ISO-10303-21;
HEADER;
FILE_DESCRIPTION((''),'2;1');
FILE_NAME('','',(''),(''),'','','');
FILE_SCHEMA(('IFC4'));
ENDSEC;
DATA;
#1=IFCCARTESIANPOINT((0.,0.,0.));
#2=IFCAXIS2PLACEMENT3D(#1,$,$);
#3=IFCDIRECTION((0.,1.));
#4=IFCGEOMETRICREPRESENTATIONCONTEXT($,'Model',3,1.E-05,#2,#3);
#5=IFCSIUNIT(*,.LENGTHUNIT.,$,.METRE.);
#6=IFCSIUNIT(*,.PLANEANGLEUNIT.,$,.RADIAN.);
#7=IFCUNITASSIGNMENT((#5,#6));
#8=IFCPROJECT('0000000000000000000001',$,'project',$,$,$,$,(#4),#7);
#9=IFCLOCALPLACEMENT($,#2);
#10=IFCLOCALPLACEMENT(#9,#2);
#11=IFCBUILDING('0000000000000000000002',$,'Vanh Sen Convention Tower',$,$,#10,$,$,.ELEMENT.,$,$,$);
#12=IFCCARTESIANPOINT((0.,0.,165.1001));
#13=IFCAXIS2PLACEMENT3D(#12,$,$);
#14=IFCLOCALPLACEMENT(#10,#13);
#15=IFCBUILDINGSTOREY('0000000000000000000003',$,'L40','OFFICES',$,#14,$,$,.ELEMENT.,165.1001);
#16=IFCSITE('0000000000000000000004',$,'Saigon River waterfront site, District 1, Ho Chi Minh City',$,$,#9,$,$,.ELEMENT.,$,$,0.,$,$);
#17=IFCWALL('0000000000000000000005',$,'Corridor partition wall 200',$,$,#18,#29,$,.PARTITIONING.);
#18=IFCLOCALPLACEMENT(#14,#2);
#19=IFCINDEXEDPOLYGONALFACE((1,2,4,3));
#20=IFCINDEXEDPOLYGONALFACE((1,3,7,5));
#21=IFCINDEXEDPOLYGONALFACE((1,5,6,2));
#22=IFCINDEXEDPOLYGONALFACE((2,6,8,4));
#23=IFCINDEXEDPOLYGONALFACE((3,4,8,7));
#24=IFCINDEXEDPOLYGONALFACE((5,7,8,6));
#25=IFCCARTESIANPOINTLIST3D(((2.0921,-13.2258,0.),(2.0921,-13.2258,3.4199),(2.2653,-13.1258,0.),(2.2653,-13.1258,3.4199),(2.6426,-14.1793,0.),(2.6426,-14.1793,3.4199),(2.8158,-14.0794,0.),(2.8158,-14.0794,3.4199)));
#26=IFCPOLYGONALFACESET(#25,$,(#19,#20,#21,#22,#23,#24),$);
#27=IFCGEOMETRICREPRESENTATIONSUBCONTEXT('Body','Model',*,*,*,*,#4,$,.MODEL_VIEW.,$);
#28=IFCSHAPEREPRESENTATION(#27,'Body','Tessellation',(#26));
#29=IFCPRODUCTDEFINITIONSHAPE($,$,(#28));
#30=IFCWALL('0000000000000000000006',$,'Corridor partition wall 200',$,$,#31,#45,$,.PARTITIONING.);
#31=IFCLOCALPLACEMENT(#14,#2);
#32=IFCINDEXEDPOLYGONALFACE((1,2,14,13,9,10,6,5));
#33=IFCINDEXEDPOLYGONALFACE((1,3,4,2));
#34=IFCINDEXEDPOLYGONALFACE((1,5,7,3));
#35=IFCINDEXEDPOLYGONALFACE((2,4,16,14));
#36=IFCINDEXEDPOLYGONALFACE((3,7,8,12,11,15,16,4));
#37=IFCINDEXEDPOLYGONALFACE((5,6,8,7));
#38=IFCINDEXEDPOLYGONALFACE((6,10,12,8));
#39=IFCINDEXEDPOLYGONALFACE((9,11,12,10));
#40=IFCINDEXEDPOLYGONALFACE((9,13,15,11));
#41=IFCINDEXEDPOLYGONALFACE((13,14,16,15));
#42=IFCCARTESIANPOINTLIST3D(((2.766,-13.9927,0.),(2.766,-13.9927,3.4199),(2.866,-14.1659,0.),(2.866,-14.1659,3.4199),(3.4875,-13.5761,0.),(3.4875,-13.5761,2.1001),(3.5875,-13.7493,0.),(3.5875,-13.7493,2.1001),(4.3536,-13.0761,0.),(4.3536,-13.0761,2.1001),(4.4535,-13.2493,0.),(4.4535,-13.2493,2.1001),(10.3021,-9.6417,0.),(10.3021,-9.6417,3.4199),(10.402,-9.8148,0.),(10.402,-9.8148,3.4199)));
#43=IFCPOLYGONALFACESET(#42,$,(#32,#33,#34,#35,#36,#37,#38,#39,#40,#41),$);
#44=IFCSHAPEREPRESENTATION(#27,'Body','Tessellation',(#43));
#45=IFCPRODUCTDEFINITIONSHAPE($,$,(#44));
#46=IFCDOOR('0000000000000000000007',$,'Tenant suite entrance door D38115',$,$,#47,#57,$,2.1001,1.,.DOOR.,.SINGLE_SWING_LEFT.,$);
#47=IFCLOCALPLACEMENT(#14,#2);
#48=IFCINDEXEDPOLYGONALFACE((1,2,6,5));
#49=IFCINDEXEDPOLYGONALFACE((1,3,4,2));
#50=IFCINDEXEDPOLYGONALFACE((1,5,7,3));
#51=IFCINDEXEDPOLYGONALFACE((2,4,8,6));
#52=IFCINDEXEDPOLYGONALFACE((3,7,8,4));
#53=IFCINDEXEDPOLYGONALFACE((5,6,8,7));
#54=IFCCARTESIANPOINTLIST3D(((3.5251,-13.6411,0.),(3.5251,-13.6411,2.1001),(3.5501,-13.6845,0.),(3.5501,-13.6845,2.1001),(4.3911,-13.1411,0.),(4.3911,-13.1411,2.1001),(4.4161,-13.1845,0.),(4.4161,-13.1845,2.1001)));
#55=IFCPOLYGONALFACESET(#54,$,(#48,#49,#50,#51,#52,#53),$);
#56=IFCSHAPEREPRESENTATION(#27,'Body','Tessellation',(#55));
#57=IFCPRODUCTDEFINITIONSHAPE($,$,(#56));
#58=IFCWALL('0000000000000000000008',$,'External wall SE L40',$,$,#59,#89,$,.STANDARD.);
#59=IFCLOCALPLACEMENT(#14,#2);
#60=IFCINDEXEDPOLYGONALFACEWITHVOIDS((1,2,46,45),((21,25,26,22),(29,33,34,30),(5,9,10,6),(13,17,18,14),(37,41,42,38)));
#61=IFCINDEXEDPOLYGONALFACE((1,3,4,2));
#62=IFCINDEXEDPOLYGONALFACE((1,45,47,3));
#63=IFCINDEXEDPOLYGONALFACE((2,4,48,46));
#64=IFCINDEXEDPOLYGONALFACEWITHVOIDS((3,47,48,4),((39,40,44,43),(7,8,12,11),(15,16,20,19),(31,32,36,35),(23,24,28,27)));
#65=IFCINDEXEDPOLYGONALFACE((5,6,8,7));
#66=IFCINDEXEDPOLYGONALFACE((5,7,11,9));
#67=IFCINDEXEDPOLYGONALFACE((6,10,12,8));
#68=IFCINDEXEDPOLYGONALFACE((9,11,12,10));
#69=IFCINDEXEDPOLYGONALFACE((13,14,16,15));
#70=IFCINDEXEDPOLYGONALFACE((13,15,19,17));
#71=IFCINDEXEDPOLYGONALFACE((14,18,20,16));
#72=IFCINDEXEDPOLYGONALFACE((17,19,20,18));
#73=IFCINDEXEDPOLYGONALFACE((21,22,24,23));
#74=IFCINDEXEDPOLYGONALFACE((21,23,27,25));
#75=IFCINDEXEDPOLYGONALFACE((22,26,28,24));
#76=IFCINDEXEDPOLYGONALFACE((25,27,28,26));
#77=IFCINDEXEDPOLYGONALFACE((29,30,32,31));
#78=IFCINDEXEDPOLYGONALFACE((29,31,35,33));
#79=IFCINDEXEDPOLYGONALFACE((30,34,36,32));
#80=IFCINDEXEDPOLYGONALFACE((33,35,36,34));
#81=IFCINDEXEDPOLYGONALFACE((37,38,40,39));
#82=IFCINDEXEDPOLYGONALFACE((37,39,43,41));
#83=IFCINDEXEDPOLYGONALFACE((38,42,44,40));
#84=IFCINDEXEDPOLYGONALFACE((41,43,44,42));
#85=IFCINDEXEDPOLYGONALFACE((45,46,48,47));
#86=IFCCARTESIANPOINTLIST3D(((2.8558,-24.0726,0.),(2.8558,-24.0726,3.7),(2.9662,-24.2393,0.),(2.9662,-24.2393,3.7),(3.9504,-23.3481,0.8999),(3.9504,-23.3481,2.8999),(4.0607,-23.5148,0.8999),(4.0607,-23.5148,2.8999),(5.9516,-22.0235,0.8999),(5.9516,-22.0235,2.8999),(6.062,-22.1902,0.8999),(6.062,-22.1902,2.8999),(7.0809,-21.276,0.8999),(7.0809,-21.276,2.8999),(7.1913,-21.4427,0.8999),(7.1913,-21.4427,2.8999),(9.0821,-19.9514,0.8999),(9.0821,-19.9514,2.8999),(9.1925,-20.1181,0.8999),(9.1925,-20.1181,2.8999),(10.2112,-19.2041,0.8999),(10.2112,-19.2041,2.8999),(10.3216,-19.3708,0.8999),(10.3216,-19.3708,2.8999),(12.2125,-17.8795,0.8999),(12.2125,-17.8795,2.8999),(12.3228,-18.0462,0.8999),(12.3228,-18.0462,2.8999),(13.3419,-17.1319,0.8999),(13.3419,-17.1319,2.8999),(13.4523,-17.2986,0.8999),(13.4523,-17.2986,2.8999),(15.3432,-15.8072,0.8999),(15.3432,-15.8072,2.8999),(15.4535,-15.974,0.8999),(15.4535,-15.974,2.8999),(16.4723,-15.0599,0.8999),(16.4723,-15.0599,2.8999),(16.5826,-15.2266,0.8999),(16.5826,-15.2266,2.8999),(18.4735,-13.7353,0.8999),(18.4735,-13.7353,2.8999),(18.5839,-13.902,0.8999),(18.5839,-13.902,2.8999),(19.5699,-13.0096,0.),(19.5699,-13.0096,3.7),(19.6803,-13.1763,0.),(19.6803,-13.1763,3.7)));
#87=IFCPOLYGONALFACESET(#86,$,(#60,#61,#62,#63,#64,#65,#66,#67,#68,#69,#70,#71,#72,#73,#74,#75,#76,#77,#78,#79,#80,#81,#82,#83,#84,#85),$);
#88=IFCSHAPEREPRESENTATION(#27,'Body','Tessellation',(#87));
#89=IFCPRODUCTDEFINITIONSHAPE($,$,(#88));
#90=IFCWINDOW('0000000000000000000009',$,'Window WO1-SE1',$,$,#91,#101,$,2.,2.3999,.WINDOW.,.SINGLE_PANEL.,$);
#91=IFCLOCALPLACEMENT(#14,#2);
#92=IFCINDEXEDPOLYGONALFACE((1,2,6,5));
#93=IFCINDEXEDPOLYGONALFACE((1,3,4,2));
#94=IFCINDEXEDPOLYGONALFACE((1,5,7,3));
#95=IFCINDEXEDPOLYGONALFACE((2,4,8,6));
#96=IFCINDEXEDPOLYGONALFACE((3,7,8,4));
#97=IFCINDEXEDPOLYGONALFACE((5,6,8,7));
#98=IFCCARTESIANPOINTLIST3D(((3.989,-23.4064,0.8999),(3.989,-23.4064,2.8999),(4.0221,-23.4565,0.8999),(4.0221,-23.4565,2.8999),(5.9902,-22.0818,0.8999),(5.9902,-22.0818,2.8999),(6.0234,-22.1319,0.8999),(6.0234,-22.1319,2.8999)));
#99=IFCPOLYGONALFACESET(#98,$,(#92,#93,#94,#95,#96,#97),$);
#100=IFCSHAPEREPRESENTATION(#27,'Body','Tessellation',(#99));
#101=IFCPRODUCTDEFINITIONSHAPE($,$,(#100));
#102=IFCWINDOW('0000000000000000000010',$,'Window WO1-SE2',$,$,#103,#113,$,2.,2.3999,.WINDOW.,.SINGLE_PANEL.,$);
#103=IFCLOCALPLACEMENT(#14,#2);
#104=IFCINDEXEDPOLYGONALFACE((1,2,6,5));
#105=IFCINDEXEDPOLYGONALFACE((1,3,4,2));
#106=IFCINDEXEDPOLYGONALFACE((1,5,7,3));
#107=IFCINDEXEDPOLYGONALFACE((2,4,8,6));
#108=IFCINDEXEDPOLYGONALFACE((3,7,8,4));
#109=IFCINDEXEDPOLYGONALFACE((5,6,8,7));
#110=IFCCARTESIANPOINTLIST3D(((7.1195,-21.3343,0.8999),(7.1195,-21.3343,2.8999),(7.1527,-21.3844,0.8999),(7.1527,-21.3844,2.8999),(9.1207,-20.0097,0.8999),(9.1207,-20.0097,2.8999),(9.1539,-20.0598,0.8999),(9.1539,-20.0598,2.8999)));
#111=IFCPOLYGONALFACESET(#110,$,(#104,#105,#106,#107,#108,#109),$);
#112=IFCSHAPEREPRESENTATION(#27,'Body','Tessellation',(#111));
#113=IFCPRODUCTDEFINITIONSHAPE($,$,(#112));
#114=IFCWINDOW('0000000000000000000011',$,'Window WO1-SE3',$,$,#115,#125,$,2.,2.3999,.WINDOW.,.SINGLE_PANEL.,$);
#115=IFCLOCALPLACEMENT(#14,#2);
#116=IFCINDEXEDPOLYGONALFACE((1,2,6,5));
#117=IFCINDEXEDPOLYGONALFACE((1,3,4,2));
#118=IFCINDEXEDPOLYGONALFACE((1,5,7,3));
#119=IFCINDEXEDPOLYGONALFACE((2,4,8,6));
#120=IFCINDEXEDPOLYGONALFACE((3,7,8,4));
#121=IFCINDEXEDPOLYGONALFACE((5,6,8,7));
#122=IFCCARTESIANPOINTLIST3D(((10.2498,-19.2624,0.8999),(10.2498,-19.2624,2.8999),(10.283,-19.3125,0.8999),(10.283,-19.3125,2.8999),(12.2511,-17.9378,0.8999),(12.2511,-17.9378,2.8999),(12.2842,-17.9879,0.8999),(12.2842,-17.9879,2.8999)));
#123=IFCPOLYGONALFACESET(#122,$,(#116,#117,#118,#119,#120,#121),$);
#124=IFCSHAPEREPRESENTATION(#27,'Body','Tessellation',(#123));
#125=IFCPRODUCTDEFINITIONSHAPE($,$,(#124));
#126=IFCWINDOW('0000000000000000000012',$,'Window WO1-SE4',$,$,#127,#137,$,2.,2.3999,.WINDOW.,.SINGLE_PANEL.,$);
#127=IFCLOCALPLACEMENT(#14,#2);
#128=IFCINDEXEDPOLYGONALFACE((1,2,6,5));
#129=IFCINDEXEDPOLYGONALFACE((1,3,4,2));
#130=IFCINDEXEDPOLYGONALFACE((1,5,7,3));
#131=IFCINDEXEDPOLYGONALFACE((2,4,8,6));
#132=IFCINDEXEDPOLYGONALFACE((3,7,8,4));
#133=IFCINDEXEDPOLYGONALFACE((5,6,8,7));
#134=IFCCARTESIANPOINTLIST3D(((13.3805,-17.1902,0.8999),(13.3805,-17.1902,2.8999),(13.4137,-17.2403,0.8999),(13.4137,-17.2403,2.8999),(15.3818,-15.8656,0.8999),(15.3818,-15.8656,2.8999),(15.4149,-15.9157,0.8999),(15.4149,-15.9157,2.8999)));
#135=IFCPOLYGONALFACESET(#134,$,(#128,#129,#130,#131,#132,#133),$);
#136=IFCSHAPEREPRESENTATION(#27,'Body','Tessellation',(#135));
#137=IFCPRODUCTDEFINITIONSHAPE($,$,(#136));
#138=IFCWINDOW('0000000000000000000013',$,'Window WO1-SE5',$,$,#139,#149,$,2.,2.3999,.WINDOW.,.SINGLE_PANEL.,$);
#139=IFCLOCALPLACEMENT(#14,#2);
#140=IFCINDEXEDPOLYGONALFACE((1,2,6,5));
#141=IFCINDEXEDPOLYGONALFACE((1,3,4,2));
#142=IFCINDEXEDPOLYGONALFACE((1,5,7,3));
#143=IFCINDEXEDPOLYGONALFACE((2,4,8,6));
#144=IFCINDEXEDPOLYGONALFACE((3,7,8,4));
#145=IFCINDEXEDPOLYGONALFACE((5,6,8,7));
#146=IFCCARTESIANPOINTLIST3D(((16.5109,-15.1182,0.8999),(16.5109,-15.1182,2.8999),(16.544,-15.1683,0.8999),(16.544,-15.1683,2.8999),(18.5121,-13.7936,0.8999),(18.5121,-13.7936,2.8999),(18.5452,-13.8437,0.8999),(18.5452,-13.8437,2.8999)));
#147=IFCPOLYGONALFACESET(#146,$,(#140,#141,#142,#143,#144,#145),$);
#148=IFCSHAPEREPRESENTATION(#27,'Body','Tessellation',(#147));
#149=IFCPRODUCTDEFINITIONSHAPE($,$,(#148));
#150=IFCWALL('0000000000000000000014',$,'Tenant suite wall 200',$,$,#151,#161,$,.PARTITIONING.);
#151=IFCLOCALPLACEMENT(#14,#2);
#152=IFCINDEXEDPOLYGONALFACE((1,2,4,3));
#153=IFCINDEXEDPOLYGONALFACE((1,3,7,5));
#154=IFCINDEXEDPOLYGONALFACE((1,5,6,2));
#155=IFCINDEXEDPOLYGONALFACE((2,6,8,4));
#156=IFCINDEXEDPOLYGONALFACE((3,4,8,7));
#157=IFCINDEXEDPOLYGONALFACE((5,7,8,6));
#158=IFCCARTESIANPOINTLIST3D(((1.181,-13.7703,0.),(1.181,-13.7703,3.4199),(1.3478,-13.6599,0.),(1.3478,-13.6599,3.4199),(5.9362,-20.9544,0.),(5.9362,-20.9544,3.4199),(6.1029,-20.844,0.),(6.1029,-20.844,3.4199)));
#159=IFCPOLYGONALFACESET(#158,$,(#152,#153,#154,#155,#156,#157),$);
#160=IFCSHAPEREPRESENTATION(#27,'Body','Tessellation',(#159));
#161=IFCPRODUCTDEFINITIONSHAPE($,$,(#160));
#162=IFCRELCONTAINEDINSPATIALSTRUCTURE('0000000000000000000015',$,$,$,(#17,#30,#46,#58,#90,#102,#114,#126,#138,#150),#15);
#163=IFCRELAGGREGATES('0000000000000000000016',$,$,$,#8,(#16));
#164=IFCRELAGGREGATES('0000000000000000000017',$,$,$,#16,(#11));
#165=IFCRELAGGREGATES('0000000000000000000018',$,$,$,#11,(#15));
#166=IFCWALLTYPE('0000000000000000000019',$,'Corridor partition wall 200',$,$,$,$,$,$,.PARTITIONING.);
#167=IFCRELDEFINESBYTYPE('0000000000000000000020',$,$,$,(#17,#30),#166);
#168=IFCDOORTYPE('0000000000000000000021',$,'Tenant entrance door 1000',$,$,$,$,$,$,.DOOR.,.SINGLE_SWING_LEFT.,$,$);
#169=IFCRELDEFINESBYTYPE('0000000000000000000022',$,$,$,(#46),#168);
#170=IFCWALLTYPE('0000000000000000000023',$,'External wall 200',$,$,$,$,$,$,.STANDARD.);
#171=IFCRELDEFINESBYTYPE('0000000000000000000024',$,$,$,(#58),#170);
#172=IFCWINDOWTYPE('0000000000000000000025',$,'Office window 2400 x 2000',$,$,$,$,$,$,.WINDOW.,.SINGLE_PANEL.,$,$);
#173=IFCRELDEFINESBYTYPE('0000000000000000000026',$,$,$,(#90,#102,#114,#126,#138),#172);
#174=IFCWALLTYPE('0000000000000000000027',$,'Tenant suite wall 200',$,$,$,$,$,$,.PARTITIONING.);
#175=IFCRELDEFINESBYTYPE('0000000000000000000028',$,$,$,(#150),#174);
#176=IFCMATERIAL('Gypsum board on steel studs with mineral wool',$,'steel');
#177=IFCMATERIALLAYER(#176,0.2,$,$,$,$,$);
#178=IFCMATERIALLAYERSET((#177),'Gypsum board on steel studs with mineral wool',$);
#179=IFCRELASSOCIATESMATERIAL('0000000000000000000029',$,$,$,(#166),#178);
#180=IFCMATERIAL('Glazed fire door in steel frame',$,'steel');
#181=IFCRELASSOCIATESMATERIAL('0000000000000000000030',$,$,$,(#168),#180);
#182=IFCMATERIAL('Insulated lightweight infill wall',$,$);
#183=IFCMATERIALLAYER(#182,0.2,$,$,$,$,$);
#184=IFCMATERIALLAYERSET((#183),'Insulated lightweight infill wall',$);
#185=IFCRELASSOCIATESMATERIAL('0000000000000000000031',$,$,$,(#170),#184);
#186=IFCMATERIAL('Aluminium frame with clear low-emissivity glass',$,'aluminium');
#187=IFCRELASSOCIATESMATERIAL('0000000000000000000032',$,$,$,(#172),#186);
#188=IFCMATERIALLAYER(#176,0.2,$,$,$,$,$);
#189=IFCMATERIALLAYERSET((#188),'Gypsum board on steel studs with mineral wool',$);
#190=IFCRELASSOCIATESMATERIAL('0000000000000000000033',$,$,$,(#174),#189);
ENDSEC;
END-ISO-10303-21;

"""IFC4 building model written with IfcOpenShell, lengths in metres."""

from ifc_helpers import new_model, si_unit, direction, frame, frame_2d, origin, place, context, subcontext, project, spatial, rectangle, extrude, material, layer, layer_set, type_object, element, fill, save


model = new_model("IFC4")

# Units and contexts
model_context = context("Model", 3, precision=1e-05, world=origin(), true_north=direction((0.0, 1.0)))
body_context = subcontext(model_context, "Body", "Model", "MODEL_VIEW")
ifc_project = project(units=[si_unit("LENGTHUNIT", "METRE"), si_unit("PLANEANGLEUNIT", "RADIAN")], contexts=[model_context])

# Site, building, storey
site_placement = place(None, origin())
site = spatial("IfcSite", under=ifc_project, at=site_placement, Name="Saigon River waterfront site, District 1, Ho Chi Minh City", CompositionType="ELEMENT", RefElevation=0.0)
building_placement = place(site_placement, origin())
building = spatial("IfcBuilding", under=site, at=building_placement, Name="Vanh Sen Convention Tower", CompositionType="ELEMENT")
storey_placement = place(building_placement, frame((0.0, 0.0, 165.1001)))
storey = spatial("IfcBuildingStorey", under=building, at=storey_placement, Name="L40", Description="OFFICES", CompositionType="ELEMENT", Elevation=165.1001)

# Wall
ifc_material_1 = material(Name="Gypsum board on steel studs with mineral wool", Category="steel")
ifc_layer_1 = layer(ifc_material_1, 0.2)
ifc_layer_set_1 = layer_set([ifc_layer_1], Name="Gypsum board on steel studs with mineral wool")
wall_type_1 = type_object("IfcWallType", Name="Corridor partition wall 200", PredefinedType="PARTITIONING", material=ifc_layer_set_1)
wall_1_placement = place(storey_placement, frame((2.1787, -13.1758, 0.0), z_axis=(0.0, 0.0, 1.0), x_axis=(0.499978, -0.866038, 0.0)))
element("IfcWall", 1, at=wall_1_placement, inside=storey, type_object=wall_type_1, Name="Corridor partition wall 200", PredefinedType="PARTITIONING", context=body_context, shape_type="SweptSolid", body=[
    extrude(rectangle(XDim=1.1011, YDim=0.2, at=frame_2d((0.5505, 0.0))), origin(), (0.0, 0.0, 1.0), 3.4199),
])

# Wall, opening, door
wall_2_placement = place(storey_placement, frame((2.8159, -14.0793, 0.0), z_axis=(0.0, 0.0, 1.0), x_axis=(0.866021, 0.500007, 0.0)))
wall_2 = element("IfcWall", 2, at=wall_2_placement, inside=storey, type_object=wall_type_1, Name="Corridor partition wall 200", PredefinedType="PARTITIONING", context=body_context, shape_type="SweptSolid", body=[
    extrude(rectangle(XDim=8.7019, YDim=0.2, at=frame_2d((4.3511, 0.0))), origin(), (0.0, 0.0, 1.0), 3.4199),
])
opening_1_placement = place(wall_2_placement, frame((0.8333, 0.0, 0.0)))
opening_1 = element("IfcOpeningElement", 3, at=opening_1_placement, cuts=wall_2, PredefinedType="OPENING", context=body_context, shape_type="SweptSolid", body=[
    extrude(rectangle(XDim=1.0, YDim=2.1001, at=frame_2d((0.5, 1.05))), frame((0.0, 0.1099, 0.0), z_axis=(0.0, -1.0, 0.0), x_axis=(1.0, 0.0, 0.0)), (0.0, 0.0, 1.0), 0.22),
])
ifc_material_2 = material(Name="Glazed fire door in steel frame", Category="steel")
door_type = type_object("IfcDoorType", Name="Tenant entrance door 1000", OperationType="SINGLE_SWING_LEFT", PredefinedType="DOOR", material=ifc_material_2)
door_placement = place(opening_1_placement, origin())
door = element("IfcDoor", 4, at=door_placement, inside=storey, type_object=door_type, Name="Tenant suite entrance door D38115", OperationType="SINGLE_SWING_LEFT", OverallHeight=2.1001, OverallWidth=1.0, PredefinedType="DOOR", context=body_context, shape_type="SweptSolid", body=[
    extrude(rectangle(XDim=1.0, YDim=2.1001, at=frame_2d((0.5, 1.05))), frame((0.0, 0.0249, 0.0), z_axis=(0.0, -1.0, 0.0), x_axis=(1.0, 0.0, 0.0)), (0.0, 0.0, 1.0), 0.05),
])
fill(opening_1, door)

# Wall, openings, windows
ifc_material_3 = material(Name="Insulated lightweight infill wall")
ifc_layer_2 = layer(ifc_material_3, 0.2)
ifc_layer_set_2 = layer_set([ifc_layer_2], Name="Insulated lightweight infill wall")
wall_type_2 = type_object("IfcWallType", Name="External wall 200", PredefinedType="STANDARD", material=ifc_layer_set_2)
wall_3_placement = place(storey_placement, frame((2.9109, -24.156, 0.0), z_axis=(0.0, 0.0, 1.0), x_axis=(0.833882, 0.551943, 0.0)))
wall_3 = element("IfcWall", 5, at=wall_3_placement, inside=storey, type_object=wall_type_2, Name="External wall SE L40", PredefinedType="STANDARD", context=body_context, shape_type="SweptSolid", body=[
    extrude(rectangle(XDim=20.0437, YDim=0.2, at=frame_2d((10.022, 0.0))), origin(), (0.0, 0.0, 1.0), 3.7),
])
opening_2_placement = place(wall_3_placement, frame((1.3127, 0.0, 0.8999)))
opening_2 = element("IfcOpeningElement", 6, at=opening_2_placement, cuts=wall_3, PredefinedType="OPENING", context=body_context, shape_type="SweptSolid", body=[
    extrude(rectangle(XDim=2.3999, YDim=2.0, at=frame_2d((1.2, 1.0))), frame((0.0, 0.1099, 0.0), z_axis=(0.0, -1.0, 0.0), x_axis=(1.0, 0.0, 0.0)), (0.0, 0.0, 1.0), 0.22),
])
opening_3_placement = place(wall_3_placement, frame((5.0669, 0.0, 0.8999)))
opening_3 = element("IfcOpeningElement", 7, at=opening_3_placement, cuts=wall_3, PredefinedType="OPENING", context=body_context, shape_type="SweptSolid", body=[
    extrude(rectangle(XDim=2.3999, YDim=2.0, at=frame_2d((1.2, 1.0))), frame((0.0, 0.1099, 0.0), z_axis=(0.0, -1.0, 0.0), x_axis=(1.0, 0.0, 0.0)), (0.0, 0.0, 1.0), 0.22),
])
opening_4_placement = place(wall_3_placement, frame((8.8208, 0.0, 0.8999)))
opening_4 = element("IfcOpeningElement", 8, at=opening_4_placement, cuts=wall_3, PredefinedType="OPENING", context=body_context, shape_type="SweptSolid", body=[
    extrude(rectangle(XDim=2.3999, YDim=2.0, at=frame_2d((1.2, 1.0))), frame((0.0, 0.1099, 0.0), z_axis=(0.0, -1.0, 0.0), x_axis=(1.0, 0.0, 0.0)), (0.0, 0.0, 1.0), 0.22),
])
opening_5_placement = place(wall_3_placement, frame((12.5752, 0.0, 0.8999)))
opening_5 = element("IfcOpeningElement", 9, at=opening_5_placement, cuts=wall_3, PredefinedType="OPENING", context=body_context, shape_type="SweptSolid", body=[
    extrude(rectangle(XDim=2.3999, YDim=2.0, at=frame_2d((1.2, 1.0))), frame((0.0, 0.1099, 0.0), z_axis=(0.0, -1.0, 0.0), x_axis=(1.0, 0.0, 0.0)), (0.0, 0.0, 1.0), 0.22),
])
opening_6_placement = place(wall_3_placement, frame((16.3291, 0.0, 0.8999)))
opening_6 = element("IfcOpeningElement", 10, at=opening_6_placement, cuts=wall_3, PredefinedType="OPENING", context=body_context, shape_type="SweptSolid", body=[
    extrude(rectangle(XDim=2.3999, YDim=2.0, at=frame_2d((1.2, 1.0))), frame((0.0, 0.1099, 0.0), z_axis=(0.0, -1.0, 0.0), x_axis=(1.0, 0.0, 0.0)), (0.0, 0.0, 1.0), 0.22),
])
ifc_material_4 = material(Name="Aluminium frame with clear low-emissivity glass", Category="aluminium")
window_type = type_object("IfcWindowType", Name="Office window 2400 x 2000", PartitioningType="SINGLE_PANEL", PredefinedType="WINDOW", material=ifc_material_4)
window_1_placement = place(opening_2_placement, origin())
window_1 = element("IfcWindow", 11, at=window_1_placement, inside=storey, type_object=window_type, Name="Window WO1-SE1", OverallHeight=2.0, OverallWidth=2.3999, PartitioningType="SINGLE_PANEL", PredefinedType="WINDOW", context=body_context, shape_type="SweptSolid", body=[
    extrude(rectangle(XDim=2.3999, YDim=2.0, at=frame_2d((1.2, 1.0))), frame((0.0, 0.03, 0.0), z_axis=(0.0, -1.0, 0.0), x_axis=(1.0, 0.0, 0.0)), (0.0, 0.0, 1.0), 0.0601),
])
fill(opening_2, window_1)
window_2_placement = place(opening_3_placement, origin())
window_2 = element("IfcWindow", 12, at=window_2_placement, inside=storey, type_object=window_type, Name="Window WO1-SE2", OverallHeight=2.0, OverallWidth=2.3999, PartitioningType="SINGLE_PANEL", PredefinedType="WINDOW", context=body_context, shape_type="SweptSolid", body=[
    extrude(rectangle(XDim=2.3999, YDim=2.0, at=frame_2d((1.2, 1.0))), frame((0.0, 0.03, 0.0), z_axis=(0.0, -1.0, 0.0), x_axis=(1.0, 0.0, 0.0)), (0.0, 0.0, 1.0), 0.0601),
])
fill(opening_3, window_2)
window_3_placement = place(opening_4_placement, origin())
window_3 = element("IfcWindow", 13, at=window_3_placement, inside=storey, type_object=window_type, Name="Window WO1-SE3", OverallHeight=2.0, OverallWidth=2.3999, PartitioningType="SINGLE_PANEL", PredefinedType="WINDOW", context=body_context, shape_type="SweptSolid", body=[
    extrude(rectangle(XDim=2.3999, YDim=2.0, at=frame_2d((1.2, 1.0))), frame((0.0, 0.03, 0.0), z_axis=(0.0, -1.0, 0.0), x_axis=(1.0, 0.0, 0.0)), (0.0, 0.0, 1.0), 0.0601),
])
fill(opening_4, window_3)
window_4_placement = place(opening_5_placement, origin())
window_4 = element("IfcWindow", 14, at=window_4_placement, inside=storey, type_object=window_type, Name="Window WO1-SE4", OverallHeight=2.0, OverallWidth=2.3999, PartitioningType="SINGLE_PANEL", PredefinedType="WINDOW", context=body_context, shape_type="SweptSolid", body=[
    extrude(rectangle(XDim=2.3999, YDim=2.0, at=frame_2d((1.2, 1.0))), frame((0.0, 0.03, 0.0), z_axis=(0.0, -1.0, 0.0), x_axis=(1.0, 0.0, 0.0)), (0.0, 0.0, 1.0), 0.0601),
])
fill(opening_5, window_4)
window_5_placement = place(opening_6_placement, origin())
window_5 = element("IfcWindow", 15, at=window_5_placement, inside=storey, type_object=window_type, Name="Window WO1-SE5", OverallHeight=2.0, OverallWidth=2.3999, PartitioningType="SINGLE_PANEL", PredefinedType="WINDOW", context=body_context, shape_type="SweptSolid", body=[
    extrude(rectangle(XDim=2.3999, YDim=2.0, at=frame_2d((1.2, 1.0))), frame((0.0, 0.03, 0.0), z_axis=(0.0, -1.0, 0.0), x_axis=(1.0, 0.0, 0.0)), (0.0, 0.0, 1.0), 0.0601),
])
fill(opening_6, window_5)

# Wall
ifc_layer_3 = layer(ifc_material_1, 0.2)
ifc_layer_set_3 = layer_set([ifc_layer_3], Name="Gypsum board on steel studs with mineral wool")
wall_type_3 = type_object("IfcWallType", Name="Tenant suite wall 200", PredefinedType="PARTITIONING", material=ifc_layer_set_3)
wall_4_placement = place(storey_placement, frame((6.0195, -20.8992, 0.0), z_axis=(0.0, 0.0, 1.0), x_axis=(-0.551944, 0.833881, 0.0)))
element("IfcWall", 16, at=wall_4_placement, inside=storey, type_object=wall_type_3, Name="Tenant suite wall 200", PredefinedType="PARTITIONING", context=body_context, shape_type="SweptSolid", body=[
    extrude(rectangle(XDim=8.6152, YDim=0.2, at=frame_2d((4.3076, 0.0))), origin(), (0.0, 0.0, 1.0), 3.4199),
])

save(model, "model.ifc")
